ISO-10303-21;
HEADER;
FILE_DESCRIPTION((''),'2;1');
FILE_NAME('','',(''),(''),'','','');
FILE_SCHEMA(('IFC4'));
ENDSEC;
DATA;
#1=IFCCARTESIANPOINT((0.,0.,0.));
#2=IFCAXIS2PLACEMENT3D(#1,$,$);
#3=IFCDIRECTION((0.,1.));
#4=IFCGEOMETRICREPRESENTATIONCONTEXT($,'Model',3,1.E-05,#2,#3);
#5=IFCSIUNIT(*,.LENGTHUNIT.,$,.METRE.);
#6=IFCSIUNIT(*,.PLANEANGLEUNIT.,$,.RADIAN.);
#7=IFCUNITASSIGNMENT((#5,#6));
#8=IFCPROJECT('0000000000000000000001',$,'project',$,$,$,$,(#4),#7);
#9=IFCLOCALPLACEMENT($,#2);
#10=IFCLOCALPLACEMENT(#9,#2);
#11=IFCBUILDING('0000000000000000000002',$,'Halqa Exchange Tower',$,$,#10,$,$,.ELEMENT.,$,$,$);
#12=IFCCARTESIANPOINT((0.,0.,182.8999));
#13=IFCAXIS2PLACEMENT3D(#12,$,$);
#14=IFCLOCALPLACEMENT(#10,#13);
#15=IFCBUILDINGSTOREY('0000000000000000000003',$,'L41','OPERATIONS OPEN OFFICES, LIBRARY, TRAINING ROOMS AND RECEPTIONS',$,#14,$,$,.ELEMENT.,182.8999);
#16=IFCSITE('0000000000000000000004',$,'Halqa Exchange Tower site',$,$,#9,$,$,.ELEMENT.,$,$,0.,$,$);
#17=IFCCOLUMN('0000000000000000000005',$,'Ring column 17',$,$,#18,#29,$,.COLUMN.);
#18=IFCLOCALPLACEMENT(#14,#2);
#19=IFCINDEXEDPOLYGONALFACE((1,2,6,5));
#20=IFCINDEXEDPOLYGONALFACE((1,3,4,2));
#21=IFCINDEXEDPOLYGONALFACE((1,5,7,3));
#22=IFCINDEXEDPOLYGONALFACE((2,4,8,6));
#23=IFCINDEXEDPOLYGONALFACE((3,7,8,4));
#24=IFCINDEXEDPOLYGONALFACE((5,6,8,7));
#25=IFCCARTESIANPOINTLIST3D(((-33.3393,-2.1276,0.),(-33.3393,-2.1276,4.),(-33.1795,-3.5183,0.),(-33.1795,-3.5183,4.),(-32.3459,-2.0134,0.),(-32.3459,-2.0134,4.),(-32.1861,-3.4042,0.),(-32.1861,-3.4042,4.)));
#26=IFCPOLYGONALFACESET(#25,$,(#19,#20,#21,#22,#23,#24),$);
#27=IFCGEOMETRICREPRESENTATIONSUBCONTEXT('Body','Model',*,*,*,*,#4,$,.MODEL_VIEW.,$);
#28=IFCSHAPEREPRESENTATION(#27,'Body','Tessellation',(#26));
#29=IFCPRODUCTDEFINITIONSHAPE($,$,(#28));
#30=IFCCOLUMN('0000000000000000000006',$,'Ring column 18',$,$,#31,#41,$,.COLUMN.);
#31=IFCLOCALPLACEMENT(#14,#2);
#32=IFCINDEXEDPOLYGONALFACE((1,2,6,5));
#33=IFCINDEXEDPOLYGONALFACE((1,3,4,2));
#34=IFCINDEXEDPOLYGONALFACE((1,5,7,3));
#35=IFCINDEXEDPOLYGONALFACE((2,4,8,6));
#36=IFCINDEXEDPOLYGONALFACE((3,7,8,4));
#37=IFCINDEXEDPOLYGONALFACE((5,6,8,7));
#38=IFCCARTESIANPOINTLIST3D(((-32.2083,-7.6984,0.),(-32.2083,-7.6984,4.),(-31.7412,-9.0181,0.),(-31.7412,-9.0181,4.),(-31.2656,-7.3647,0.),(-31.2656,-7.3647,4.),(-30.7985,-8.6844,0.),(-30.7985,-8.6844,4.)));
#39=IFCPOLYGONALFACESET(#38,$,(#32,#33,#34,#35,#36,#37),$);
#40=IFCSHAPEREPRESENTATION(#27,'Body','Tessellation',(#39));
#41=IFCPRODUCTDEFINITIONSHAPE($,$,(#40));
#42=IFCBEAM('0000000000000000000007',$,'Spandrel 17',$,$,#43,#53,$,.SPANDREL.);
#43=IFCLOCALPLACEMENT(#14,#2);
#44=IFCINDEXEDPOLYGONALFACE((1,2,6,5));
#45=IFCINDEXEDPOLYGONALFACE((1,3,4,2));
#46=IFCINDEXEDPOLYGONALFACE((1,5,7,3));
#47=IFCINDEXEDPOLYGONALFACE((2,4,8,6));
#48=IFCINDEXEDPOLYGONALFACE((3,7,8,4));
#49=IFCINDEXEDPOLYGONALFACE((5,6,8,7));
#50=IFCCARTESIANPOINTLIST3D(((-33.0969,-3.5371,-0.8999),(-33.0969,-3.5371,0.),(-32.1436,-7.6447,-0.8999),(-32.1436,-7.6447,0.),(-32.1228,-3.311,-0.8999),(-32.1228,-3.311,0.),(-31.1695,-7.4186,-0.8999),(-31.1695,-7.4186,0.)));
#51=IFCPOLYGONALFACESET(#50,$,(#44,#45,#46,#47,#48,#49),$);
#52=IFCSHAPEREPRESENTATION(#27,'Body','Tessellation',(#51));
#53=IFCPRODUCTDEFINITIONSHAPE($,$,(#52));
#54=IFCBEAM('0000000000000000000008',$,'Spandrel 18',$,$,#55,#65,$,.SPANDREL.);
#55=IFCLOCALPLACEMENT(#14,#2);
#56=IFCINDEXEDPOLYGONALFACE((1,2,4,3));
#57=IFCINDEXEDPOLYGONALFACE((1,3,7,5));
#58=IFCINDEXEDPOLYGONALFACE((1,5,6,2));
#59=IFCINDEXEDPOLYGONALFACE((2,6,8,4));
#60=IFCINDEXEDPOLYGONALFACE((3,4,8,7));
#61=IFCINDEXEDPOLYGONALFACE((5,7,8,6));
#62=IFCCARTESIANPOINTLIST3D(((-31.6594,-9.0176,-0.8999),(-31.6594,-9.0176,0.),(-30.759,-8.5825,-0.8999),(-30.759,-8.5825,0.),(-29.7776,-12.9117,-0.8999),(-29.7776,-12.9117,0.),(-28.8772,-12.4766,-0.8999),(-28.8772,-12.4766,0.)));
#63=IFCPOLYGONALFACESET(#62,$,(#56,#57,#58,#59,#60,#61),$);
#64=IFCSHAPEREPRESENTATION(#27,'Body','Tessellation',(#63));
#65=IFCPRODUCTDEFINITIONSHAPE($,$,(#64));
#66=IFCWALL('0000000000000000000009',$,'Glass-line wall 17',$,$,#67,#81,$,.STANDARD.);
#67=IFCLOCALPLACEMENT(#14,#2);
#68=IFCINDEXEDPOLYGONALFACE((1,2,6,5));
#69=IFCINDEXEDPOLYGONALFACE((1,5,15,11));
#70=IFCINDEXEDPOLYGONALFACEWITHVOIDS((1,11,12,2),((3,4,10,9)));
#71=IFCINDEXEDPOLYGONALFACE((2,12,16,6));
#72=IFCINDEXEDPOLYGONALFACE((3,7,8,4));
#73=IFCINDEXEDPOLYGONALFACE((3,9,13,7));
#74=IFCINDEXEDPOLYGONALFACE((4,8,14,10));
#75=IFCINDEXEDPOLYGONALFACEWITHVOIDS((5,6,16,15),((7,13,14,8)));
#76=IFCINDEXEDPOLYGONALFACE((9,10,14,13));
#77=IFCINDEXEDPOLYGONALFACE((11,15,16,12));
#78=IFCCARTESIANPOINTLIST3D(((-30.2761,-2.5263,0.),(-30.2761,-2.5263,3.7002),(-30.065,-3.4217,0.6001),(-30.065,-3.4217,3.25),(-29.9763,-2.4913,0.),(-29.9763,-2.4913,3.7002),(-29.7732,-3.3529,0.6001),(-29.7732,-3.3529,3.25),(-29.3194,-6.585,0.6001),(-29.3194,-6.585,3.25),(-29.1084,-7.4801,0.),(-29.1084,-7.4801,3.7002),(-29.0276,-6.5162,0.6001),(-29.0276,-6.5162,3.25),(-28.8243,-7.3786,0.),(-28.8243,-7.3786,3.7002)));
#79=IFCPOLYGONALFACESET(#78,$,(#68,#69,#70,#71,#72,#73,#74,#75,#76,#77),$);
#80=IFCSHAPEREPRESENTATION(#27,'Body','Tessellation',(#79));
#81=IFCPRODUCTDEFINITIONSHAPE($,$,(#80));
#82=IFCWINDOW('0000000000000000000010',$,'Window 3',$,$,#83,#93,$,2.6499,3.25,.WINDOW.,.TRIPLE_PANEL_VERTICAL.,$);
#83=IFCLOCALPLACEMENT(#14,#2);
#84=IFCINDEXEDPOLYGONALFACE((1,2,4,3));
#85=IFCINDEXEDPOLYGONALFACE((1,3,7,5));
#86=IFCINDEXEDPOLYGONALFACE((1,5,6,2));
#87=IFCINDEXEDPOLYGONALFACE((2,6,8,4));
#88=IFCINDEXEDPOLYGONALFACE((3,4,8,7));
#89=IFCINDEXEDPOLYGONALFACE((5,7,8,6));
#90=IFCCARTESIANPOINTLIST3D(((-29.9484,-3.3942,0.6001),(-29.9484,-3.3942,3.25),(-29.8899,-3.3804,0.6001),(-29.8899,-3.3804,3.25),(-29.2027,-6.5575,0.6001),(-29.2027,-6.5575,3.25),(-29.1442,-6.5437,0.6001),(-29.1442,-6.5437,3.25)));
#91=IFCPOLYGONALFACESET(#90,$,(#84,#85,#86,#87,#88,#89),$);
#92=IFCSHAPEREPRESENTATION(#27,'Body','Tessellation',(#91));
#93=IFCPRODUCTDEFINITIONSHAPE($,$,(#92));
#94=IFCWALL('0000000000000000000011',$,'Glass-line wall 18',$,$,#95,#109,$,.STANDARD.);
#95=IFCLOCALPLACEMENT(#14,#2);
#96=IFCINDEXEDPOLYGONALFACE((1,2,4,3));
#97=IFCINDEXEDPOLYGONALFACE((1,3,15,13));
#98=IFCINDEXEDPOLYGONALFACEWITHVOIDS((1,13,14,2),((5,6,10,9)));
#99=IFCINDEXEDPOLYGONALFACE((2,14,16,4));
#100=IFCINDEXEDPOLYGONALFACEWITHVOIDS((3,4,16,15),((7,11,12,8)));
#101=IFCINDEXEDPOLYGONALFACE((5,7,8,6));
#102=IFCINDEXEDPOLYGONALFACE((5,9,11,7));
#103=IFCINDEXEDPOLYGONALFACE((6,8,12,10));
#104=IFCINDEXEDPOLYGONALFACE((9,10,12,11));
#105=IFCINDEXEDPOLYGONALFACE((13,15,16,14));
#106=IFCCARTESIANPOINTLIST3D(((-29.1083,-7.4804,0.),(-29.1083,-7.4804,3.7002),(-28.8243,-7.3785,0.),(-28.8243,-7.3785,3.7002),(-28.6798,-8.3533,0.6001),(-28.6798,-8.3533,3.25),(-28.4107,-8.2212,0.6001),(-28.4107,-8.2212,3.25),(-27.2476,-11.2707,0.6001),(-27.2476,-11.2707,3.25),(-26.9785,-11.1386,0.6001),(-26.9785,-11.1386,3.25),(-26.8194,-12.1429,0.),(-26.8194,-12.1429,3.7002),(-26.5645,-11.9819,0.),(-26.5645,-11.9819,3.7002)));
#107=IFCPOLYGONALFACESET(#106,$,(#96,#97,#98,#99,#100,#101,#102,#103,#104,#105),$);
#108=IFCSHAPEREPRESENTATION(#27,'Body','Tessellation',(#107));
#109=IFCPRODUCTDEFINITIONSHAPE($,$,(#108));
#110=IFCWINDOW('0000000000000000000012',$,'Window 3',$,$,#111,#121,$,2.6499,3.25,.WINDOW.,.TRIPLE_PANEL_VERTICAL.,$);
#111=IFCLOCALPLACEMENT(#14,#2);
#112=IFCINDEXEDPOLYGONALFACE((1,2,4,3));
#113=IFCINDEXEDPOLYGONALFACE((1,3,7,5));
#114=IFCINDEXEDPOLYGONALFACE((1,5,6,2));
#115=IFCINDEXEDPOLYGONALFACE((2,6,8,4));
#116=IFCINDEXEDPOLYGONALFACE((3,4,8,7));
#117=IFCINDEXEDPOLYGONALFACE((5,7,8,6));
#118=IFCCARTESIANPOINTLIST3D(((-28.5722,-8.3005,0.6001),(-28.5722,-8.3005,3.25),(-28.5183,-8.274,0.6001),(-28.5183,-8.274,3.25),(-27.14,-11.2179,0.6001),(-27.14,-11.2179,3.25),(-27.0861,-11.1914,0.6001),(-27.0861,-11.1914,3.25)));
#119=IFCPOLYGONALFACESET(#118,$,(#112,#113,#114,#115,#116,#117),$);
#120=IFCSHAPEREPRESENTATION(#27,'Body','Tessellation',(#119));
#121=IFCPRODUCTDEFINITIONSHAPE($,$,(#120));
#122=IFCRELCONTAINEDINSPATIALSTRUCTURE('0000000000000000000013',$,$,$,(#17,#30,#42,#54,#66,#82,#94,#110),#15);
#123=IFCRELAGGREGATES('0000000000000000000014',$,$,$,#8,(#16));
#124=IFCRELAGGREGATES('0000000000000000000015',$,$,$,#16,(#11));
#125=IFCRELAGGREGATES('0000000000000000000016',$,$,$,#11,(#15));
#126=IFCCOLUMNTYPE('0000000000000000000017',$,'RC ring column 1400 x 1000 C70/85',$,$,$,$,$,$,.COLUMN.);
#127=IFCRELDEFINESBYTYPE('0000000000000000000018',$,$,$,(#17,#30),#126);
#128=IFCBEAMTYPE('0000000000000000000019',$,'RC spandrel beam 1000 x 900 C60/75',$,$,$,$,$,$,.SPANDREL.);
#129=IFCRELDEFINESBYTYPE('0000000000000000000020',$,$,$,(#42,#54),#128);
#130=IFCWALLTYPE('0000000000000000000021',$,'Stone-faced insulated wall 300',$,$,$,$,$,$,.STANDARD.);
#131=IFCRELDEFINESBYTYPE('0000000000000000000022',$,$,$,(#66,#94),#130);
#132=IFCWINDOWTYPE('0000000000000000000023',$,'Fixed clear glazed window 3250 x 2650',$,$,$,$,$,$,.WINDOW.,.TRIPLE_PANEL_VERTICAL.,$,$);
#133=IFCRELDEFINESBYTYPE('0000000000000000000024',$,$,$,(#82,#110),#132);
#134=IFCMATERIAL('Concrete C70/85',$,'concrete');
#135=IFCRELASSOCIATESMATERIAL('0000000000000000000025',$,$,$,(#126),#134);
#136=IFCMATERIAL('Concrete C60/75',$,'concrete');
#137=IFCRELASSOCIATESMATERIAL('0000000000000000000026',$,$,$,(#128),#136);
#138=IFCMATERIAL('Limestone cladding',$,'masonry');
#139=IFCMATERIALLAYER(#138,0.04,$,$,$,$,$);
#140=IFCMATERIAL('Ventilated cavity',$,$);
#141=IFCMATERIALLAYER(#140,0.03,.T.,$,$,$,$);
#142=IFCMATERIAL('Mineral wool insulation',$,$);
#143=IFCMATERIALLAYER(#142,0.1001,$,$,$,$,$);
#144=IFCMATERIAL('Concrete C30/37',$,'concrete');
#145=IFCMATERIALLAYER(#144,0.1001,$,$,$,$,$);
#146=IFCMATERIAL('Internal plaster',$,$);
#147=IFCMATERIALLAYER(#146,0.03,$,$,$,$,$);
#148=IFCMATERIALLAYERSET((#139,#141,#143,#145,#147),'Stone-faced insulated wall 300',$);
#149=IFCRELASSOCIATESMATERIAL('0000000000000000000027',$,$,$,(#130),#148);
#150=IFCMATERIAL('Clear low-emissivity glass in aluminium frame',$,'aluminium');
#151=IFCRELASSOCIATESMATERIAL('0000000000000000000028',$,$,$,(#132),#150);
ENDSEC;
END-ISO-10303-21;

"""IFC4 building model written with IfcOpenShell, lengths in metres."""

from ifc_helpers import new_model, si_unit, direction, frame, frame_2d, origin, origin_2d, place, context, subcontext, project, spatial, polyline, rectangle, outline, extrude, material, layer, layer_set, material_profile, profile_set, type_object, element, fill, save


model = new_model("IFC4")

# Units and contexts
model_context = context("Model", 3, precision=1e-05, world=origin(), true_north=direction((0.0, 1.0)))
body_context = subcontext(model_context, "Body", "Model", "MODEL_VIEW")
ifc_project = project(units=[si_unit("LENGTHUNIT", "METRE"), si_unit("PLANEANGLEUNIT", "RADIAN")], contexts=[model_context])

# Site, building, storey
site_placement = place(None, origin())
site = spatial("IfcSite", under=ifc_project, at=site_placement, Name="Halqa Exchange Tower site", CompositionType="ELEMENT", RefElevation=0.0)
building_placement = place(site_placement, origin())
building = spatial("IfcBuilding", under=site, at=building_placement, Name="Halqa Exchange Tower", CompositionType="ELEMENT")
storey_placement = place(building_placement, frame((0.0, 0.0, 182.8999)))
storey = spatial("IfcBuildingStorey", under=building, at=storey_placement, Name="L41", Description="OPERATIONS OPEN OFFICES, LIBRARY, TRAINING ROOMS AND RECEPTIONS", CompositionType="ELEMENT", Elevation=182.8999)

# Columns
ifc_material_1 = material(Name="Concrete C70/85", Category="concrete")
ifc_material_profile_1 = material_profile(ifc_material_1, rectangle(XDim=1.3999, YDim=1.0, at=origin_2d()), Name="1400 x 1000")
ifc_profile_set_1 = profile_set([ifc_material_profile_1], Name="Concrete C70/85")
column_type = type_object("IfcColumnType", Name="RC ring column 1400 x 1000 C70/85", PredefinedType="COLUMN", material=ifc_profile_set_1)
for number, where, z_axis, x_axis, name in (
    (1, (-32.7627, -2.7659, 0.0), (0.0, 0.0, 1.0), (0.114159, -0.993463, 0.0), "Ring column 17"),
    (2, (-31.5034, -8.1914, 0.0), (0.0, 0.0, 1.0), (0.333632, -0.942703, 0.0), "Ring column 18"),
):
    element("IfcColumn", number, at=place(storey_placement, frame(where, z_axis=z_axis, x_axis=x_axis)), inside=storey, type_object=column_type, Name=name, PredefinedType="COLUMN", context=body_context, shape_type="SweptSolid", body=[
        extrude(rectangle(XDim=1.3999, YDim=1.0, at=origin_2d()), origin(), (0.0, 0.0, 1.0), 4.0),
    ])

# Beams
ifc_material_2 = material(Name="Concrete C60/75", Category="concrete")
ifc_material_profile_2 = material_profile(ifc_material_2, rectangle(XDim=1.0, YDim=0.8999, at=origin_2d()), Name="1000 x 900")
ifc_profile_set_2 = profile_set([ifc_material_profile_2], Name="Concrete C60/75")
beam_type = type_object("IfcBeamType", Name="RC spandrel beam 1000 x 900 C60/75", PredefinedType="SPANDREL", material=ifc_profile_set_2)
beam_1_placement = place(storey_placement, frame((-32.6099, -3.4241, -0.45), z_axis=(0.226086, -0.974107, 0.0), x_axis=(0.974107, 0.226086, 0.0)))
element("IfcBeam", 3, at=beam_1_placement, inside=storey, type_object=beam_type, Name="Spandrel 17", PredefinedType="SPANDREL", context=body_context, shape_type="SweptSolid", body=[
    extrude(rectangle(XDim=1.0, YDim=0.8999, at=origin_2d()), origin(), (0.0, 0.0, 1.0), 4.2168),
])
beam_2_placement = place(storey_placement, frame((-31.2092, -8.8, -0.45), z_axis=(0.435115, -0.900375, 0.0), x_axis=(0.900375, 0.435115, 0.0)))
element("IfcBeam", 4, at=beam_2_placement, inside=storey, type_object=beam_type, Name="Spandrel 18", PredefinedType="SPANDREL", context=body_context, shape_type="SweptSolid", body=[
    extrude(rectangle(XDim=1.0, YDim=0.8999, at=origin_2d()), origin(), (0.0, 0.0, 1.0), 4.325),
])

# Walls, openings, windows
ifc_material_3 = material(Name="Limestone cladding", Category="masonry")
ifc_layer_1 = layer(ifc_material_3, 0.04)
ifc_material_4 = material(Name="Ventilated cavity")
ifc_layer_2 = layer(ifc_material_4, 0.03, ventilated=True)
ifc_material_5 = material(Name="Mineral wool insulation")
ifc_layer_3 = layer(ifc_material_5, 0.1001)
ifc_material_6 = material(Name="Concrete C30/37", Category="concrete")
ifc_layer_4 = layer(ifc_material_6, 0.1001)
ifc_material_7 = material(Name="Internal plaster")
ifc_layer_5 = layer(ifc_material_7, 0.03)
ifc_layer_set = layer_set([ifc_layer_1, ifc_layer_2, ifc_layer_3, ifc_layer_4, ifc_layer_5], Name="Stone-faced insulated wall 300")
wall_type = type_object("IfcWallType", Name="Stone-faced insulated wall 300", PredefinedType="STANDARD", material=ifc_layer_set)
wall_1_placement = place(storey_placement, frame((-30.1262, -2.5088, 0.0), z_axis=(0.0, 0.0, 1.0), x_axis=(0.229435, -0.973324, 0.0)))
wall_1 = element("IfcWall", 5, at=wall_1_placement, inside=storey, type_object=wall_type, Name="Glass-line wall 17", PredefinedType="STANDARD", context=body_context, shape_type="SweptSolid", body=[
    extrude(outline(polyline([(-0.0173, -0.1499), (5.0723, -0.1499), (5.0386, 0.1499), (0.0173, 0.1499), (-0.0173, -0.1499)])), origin(), (0.0, 0.0, 1.0), 3.7002),
])
opening_1_placement = place(wall_1_placement, frame((0.9026, 0.0, 0.6001)))
opening_1 = element("IfcOpeningElement", 6, at=opening_1_placement, cuts=wall_1, PredefinedType="OPENING", context=body_context, shape_type="SweptSolid", body=[
    extrude(rectangle(XDim=3.25, YDim=2.6499, at=frame_2d((1.625, 1.325))), frame((0.0, 0.1621, 0.0), z_axis=(0.0, -1.0, 0.0), x_axis=(1.0, 0.0, 0.0)), (0.0, 0.0, 1.0), 0.324),
])
ifc_material_8 = material(Name="Clear low-emissivity glass in aluminium frame", Category="aluminium")
window_type = type_object("IfcWindowType", Name="Fixed clear glazed window 3250 x 2650", PartitioningType="TRIPLE_PANEL_VERTICAL", PredefinedType="WINDOW", material=ifc_material_8)
window_1_placement = place(opening_1_placement, origin())
window_1 = element("IfcWindow", 7, at=window_1_placement, inside=storey, type_object=window_type, Name="Window 3", OverallHeight=2.6499, OverallWidth=3.25, PartitioningType="TRIPLE_PANEL_VERTICAL", PredefinedType="WINDOW", context=body_context, shape_type="SweptSolid", body=[
    extrude(rectangle(XDim=3.25, YDim=2.6499, at=frame_2d((1.625, 1.325))), frame((0.0, 0.03, 0.0), z_axis=(0.0, -1.0, 0.0), x_axis=(1.0, 0.0, 0.0)), (0.0, 0.0, 1.0), 0.0601),
])
fill(opening_1, window_1)
wall_2_placement = place(storey_placement, frame((-28.9663, -7.4294, 0.0), z_axis=(0.0, 0.0, 1.0), x_axis=(0.440674, -0.897667, 0.0)))
wall_2 = element("IfcWall", 8, at=wall_2_placement, inside=storey, type_object=wall_type, Name="Glass-line wall 18", PredefinedType="STANDARD", context=body_context, shape_type="SweptSolid", body=[
    extrude(outline(polyline([(-0.0168, -0.1499), (5.1772, -0.1499), (5.145, 0.1499), (0.0168, 0.1499), (-0.0168, -0.1499)])), origin(), (0.0, 0.0, 1.0), 3.7002),
])
opening_2_placement = place(wall_2_placement, frame((0.9556, 0.0, 0.6001)))
opening_2 = element("IfcOpeningElement", 9, at=opening_2_placement, cuts=wall_2, PredefinedType="OPENING", context=body_context, shape_type="SweptSolid", body=[
    extrude(rectangle(XDim=3.25, YDim=2.6499, at=frame_2d((1.625, 1.325))), frame((0.0, 0.1621, 0.0), z_axis=(0.0, -1.0, 0.0), x_axis=(1.0, 0.0, 0.0)), (0.0, 0.0, 1.0), 0.324),
])
window_2_placement = place(opening_2_placement, origin())
window_2 = element("IfcWindow", 10, at=window_2_placement, inside=storey, type_object=window_type, Name="Window 3", OverallHeight=2.6499, OverallWidth=3.25, PartitioningType="TRIPLE_PANEL_VERTICAL", PredefinedType="WINDOW", context=body_context, shape_type="SweptSolid", body=[
    extrude(rectangle(XDim=3.25, YDim=2.6499, at=frame_2d((1.625, 1.325))), frame((0.0, 0.03, 0.0), z_axis=(0.0, -1.0, 0.0), x_axis=(1.0, 0.0, 0.0)), (0.0, 0.0, 1.0), 0.0601),
])
fill(opening_2, window_2)

save(model, "model.ifc")
